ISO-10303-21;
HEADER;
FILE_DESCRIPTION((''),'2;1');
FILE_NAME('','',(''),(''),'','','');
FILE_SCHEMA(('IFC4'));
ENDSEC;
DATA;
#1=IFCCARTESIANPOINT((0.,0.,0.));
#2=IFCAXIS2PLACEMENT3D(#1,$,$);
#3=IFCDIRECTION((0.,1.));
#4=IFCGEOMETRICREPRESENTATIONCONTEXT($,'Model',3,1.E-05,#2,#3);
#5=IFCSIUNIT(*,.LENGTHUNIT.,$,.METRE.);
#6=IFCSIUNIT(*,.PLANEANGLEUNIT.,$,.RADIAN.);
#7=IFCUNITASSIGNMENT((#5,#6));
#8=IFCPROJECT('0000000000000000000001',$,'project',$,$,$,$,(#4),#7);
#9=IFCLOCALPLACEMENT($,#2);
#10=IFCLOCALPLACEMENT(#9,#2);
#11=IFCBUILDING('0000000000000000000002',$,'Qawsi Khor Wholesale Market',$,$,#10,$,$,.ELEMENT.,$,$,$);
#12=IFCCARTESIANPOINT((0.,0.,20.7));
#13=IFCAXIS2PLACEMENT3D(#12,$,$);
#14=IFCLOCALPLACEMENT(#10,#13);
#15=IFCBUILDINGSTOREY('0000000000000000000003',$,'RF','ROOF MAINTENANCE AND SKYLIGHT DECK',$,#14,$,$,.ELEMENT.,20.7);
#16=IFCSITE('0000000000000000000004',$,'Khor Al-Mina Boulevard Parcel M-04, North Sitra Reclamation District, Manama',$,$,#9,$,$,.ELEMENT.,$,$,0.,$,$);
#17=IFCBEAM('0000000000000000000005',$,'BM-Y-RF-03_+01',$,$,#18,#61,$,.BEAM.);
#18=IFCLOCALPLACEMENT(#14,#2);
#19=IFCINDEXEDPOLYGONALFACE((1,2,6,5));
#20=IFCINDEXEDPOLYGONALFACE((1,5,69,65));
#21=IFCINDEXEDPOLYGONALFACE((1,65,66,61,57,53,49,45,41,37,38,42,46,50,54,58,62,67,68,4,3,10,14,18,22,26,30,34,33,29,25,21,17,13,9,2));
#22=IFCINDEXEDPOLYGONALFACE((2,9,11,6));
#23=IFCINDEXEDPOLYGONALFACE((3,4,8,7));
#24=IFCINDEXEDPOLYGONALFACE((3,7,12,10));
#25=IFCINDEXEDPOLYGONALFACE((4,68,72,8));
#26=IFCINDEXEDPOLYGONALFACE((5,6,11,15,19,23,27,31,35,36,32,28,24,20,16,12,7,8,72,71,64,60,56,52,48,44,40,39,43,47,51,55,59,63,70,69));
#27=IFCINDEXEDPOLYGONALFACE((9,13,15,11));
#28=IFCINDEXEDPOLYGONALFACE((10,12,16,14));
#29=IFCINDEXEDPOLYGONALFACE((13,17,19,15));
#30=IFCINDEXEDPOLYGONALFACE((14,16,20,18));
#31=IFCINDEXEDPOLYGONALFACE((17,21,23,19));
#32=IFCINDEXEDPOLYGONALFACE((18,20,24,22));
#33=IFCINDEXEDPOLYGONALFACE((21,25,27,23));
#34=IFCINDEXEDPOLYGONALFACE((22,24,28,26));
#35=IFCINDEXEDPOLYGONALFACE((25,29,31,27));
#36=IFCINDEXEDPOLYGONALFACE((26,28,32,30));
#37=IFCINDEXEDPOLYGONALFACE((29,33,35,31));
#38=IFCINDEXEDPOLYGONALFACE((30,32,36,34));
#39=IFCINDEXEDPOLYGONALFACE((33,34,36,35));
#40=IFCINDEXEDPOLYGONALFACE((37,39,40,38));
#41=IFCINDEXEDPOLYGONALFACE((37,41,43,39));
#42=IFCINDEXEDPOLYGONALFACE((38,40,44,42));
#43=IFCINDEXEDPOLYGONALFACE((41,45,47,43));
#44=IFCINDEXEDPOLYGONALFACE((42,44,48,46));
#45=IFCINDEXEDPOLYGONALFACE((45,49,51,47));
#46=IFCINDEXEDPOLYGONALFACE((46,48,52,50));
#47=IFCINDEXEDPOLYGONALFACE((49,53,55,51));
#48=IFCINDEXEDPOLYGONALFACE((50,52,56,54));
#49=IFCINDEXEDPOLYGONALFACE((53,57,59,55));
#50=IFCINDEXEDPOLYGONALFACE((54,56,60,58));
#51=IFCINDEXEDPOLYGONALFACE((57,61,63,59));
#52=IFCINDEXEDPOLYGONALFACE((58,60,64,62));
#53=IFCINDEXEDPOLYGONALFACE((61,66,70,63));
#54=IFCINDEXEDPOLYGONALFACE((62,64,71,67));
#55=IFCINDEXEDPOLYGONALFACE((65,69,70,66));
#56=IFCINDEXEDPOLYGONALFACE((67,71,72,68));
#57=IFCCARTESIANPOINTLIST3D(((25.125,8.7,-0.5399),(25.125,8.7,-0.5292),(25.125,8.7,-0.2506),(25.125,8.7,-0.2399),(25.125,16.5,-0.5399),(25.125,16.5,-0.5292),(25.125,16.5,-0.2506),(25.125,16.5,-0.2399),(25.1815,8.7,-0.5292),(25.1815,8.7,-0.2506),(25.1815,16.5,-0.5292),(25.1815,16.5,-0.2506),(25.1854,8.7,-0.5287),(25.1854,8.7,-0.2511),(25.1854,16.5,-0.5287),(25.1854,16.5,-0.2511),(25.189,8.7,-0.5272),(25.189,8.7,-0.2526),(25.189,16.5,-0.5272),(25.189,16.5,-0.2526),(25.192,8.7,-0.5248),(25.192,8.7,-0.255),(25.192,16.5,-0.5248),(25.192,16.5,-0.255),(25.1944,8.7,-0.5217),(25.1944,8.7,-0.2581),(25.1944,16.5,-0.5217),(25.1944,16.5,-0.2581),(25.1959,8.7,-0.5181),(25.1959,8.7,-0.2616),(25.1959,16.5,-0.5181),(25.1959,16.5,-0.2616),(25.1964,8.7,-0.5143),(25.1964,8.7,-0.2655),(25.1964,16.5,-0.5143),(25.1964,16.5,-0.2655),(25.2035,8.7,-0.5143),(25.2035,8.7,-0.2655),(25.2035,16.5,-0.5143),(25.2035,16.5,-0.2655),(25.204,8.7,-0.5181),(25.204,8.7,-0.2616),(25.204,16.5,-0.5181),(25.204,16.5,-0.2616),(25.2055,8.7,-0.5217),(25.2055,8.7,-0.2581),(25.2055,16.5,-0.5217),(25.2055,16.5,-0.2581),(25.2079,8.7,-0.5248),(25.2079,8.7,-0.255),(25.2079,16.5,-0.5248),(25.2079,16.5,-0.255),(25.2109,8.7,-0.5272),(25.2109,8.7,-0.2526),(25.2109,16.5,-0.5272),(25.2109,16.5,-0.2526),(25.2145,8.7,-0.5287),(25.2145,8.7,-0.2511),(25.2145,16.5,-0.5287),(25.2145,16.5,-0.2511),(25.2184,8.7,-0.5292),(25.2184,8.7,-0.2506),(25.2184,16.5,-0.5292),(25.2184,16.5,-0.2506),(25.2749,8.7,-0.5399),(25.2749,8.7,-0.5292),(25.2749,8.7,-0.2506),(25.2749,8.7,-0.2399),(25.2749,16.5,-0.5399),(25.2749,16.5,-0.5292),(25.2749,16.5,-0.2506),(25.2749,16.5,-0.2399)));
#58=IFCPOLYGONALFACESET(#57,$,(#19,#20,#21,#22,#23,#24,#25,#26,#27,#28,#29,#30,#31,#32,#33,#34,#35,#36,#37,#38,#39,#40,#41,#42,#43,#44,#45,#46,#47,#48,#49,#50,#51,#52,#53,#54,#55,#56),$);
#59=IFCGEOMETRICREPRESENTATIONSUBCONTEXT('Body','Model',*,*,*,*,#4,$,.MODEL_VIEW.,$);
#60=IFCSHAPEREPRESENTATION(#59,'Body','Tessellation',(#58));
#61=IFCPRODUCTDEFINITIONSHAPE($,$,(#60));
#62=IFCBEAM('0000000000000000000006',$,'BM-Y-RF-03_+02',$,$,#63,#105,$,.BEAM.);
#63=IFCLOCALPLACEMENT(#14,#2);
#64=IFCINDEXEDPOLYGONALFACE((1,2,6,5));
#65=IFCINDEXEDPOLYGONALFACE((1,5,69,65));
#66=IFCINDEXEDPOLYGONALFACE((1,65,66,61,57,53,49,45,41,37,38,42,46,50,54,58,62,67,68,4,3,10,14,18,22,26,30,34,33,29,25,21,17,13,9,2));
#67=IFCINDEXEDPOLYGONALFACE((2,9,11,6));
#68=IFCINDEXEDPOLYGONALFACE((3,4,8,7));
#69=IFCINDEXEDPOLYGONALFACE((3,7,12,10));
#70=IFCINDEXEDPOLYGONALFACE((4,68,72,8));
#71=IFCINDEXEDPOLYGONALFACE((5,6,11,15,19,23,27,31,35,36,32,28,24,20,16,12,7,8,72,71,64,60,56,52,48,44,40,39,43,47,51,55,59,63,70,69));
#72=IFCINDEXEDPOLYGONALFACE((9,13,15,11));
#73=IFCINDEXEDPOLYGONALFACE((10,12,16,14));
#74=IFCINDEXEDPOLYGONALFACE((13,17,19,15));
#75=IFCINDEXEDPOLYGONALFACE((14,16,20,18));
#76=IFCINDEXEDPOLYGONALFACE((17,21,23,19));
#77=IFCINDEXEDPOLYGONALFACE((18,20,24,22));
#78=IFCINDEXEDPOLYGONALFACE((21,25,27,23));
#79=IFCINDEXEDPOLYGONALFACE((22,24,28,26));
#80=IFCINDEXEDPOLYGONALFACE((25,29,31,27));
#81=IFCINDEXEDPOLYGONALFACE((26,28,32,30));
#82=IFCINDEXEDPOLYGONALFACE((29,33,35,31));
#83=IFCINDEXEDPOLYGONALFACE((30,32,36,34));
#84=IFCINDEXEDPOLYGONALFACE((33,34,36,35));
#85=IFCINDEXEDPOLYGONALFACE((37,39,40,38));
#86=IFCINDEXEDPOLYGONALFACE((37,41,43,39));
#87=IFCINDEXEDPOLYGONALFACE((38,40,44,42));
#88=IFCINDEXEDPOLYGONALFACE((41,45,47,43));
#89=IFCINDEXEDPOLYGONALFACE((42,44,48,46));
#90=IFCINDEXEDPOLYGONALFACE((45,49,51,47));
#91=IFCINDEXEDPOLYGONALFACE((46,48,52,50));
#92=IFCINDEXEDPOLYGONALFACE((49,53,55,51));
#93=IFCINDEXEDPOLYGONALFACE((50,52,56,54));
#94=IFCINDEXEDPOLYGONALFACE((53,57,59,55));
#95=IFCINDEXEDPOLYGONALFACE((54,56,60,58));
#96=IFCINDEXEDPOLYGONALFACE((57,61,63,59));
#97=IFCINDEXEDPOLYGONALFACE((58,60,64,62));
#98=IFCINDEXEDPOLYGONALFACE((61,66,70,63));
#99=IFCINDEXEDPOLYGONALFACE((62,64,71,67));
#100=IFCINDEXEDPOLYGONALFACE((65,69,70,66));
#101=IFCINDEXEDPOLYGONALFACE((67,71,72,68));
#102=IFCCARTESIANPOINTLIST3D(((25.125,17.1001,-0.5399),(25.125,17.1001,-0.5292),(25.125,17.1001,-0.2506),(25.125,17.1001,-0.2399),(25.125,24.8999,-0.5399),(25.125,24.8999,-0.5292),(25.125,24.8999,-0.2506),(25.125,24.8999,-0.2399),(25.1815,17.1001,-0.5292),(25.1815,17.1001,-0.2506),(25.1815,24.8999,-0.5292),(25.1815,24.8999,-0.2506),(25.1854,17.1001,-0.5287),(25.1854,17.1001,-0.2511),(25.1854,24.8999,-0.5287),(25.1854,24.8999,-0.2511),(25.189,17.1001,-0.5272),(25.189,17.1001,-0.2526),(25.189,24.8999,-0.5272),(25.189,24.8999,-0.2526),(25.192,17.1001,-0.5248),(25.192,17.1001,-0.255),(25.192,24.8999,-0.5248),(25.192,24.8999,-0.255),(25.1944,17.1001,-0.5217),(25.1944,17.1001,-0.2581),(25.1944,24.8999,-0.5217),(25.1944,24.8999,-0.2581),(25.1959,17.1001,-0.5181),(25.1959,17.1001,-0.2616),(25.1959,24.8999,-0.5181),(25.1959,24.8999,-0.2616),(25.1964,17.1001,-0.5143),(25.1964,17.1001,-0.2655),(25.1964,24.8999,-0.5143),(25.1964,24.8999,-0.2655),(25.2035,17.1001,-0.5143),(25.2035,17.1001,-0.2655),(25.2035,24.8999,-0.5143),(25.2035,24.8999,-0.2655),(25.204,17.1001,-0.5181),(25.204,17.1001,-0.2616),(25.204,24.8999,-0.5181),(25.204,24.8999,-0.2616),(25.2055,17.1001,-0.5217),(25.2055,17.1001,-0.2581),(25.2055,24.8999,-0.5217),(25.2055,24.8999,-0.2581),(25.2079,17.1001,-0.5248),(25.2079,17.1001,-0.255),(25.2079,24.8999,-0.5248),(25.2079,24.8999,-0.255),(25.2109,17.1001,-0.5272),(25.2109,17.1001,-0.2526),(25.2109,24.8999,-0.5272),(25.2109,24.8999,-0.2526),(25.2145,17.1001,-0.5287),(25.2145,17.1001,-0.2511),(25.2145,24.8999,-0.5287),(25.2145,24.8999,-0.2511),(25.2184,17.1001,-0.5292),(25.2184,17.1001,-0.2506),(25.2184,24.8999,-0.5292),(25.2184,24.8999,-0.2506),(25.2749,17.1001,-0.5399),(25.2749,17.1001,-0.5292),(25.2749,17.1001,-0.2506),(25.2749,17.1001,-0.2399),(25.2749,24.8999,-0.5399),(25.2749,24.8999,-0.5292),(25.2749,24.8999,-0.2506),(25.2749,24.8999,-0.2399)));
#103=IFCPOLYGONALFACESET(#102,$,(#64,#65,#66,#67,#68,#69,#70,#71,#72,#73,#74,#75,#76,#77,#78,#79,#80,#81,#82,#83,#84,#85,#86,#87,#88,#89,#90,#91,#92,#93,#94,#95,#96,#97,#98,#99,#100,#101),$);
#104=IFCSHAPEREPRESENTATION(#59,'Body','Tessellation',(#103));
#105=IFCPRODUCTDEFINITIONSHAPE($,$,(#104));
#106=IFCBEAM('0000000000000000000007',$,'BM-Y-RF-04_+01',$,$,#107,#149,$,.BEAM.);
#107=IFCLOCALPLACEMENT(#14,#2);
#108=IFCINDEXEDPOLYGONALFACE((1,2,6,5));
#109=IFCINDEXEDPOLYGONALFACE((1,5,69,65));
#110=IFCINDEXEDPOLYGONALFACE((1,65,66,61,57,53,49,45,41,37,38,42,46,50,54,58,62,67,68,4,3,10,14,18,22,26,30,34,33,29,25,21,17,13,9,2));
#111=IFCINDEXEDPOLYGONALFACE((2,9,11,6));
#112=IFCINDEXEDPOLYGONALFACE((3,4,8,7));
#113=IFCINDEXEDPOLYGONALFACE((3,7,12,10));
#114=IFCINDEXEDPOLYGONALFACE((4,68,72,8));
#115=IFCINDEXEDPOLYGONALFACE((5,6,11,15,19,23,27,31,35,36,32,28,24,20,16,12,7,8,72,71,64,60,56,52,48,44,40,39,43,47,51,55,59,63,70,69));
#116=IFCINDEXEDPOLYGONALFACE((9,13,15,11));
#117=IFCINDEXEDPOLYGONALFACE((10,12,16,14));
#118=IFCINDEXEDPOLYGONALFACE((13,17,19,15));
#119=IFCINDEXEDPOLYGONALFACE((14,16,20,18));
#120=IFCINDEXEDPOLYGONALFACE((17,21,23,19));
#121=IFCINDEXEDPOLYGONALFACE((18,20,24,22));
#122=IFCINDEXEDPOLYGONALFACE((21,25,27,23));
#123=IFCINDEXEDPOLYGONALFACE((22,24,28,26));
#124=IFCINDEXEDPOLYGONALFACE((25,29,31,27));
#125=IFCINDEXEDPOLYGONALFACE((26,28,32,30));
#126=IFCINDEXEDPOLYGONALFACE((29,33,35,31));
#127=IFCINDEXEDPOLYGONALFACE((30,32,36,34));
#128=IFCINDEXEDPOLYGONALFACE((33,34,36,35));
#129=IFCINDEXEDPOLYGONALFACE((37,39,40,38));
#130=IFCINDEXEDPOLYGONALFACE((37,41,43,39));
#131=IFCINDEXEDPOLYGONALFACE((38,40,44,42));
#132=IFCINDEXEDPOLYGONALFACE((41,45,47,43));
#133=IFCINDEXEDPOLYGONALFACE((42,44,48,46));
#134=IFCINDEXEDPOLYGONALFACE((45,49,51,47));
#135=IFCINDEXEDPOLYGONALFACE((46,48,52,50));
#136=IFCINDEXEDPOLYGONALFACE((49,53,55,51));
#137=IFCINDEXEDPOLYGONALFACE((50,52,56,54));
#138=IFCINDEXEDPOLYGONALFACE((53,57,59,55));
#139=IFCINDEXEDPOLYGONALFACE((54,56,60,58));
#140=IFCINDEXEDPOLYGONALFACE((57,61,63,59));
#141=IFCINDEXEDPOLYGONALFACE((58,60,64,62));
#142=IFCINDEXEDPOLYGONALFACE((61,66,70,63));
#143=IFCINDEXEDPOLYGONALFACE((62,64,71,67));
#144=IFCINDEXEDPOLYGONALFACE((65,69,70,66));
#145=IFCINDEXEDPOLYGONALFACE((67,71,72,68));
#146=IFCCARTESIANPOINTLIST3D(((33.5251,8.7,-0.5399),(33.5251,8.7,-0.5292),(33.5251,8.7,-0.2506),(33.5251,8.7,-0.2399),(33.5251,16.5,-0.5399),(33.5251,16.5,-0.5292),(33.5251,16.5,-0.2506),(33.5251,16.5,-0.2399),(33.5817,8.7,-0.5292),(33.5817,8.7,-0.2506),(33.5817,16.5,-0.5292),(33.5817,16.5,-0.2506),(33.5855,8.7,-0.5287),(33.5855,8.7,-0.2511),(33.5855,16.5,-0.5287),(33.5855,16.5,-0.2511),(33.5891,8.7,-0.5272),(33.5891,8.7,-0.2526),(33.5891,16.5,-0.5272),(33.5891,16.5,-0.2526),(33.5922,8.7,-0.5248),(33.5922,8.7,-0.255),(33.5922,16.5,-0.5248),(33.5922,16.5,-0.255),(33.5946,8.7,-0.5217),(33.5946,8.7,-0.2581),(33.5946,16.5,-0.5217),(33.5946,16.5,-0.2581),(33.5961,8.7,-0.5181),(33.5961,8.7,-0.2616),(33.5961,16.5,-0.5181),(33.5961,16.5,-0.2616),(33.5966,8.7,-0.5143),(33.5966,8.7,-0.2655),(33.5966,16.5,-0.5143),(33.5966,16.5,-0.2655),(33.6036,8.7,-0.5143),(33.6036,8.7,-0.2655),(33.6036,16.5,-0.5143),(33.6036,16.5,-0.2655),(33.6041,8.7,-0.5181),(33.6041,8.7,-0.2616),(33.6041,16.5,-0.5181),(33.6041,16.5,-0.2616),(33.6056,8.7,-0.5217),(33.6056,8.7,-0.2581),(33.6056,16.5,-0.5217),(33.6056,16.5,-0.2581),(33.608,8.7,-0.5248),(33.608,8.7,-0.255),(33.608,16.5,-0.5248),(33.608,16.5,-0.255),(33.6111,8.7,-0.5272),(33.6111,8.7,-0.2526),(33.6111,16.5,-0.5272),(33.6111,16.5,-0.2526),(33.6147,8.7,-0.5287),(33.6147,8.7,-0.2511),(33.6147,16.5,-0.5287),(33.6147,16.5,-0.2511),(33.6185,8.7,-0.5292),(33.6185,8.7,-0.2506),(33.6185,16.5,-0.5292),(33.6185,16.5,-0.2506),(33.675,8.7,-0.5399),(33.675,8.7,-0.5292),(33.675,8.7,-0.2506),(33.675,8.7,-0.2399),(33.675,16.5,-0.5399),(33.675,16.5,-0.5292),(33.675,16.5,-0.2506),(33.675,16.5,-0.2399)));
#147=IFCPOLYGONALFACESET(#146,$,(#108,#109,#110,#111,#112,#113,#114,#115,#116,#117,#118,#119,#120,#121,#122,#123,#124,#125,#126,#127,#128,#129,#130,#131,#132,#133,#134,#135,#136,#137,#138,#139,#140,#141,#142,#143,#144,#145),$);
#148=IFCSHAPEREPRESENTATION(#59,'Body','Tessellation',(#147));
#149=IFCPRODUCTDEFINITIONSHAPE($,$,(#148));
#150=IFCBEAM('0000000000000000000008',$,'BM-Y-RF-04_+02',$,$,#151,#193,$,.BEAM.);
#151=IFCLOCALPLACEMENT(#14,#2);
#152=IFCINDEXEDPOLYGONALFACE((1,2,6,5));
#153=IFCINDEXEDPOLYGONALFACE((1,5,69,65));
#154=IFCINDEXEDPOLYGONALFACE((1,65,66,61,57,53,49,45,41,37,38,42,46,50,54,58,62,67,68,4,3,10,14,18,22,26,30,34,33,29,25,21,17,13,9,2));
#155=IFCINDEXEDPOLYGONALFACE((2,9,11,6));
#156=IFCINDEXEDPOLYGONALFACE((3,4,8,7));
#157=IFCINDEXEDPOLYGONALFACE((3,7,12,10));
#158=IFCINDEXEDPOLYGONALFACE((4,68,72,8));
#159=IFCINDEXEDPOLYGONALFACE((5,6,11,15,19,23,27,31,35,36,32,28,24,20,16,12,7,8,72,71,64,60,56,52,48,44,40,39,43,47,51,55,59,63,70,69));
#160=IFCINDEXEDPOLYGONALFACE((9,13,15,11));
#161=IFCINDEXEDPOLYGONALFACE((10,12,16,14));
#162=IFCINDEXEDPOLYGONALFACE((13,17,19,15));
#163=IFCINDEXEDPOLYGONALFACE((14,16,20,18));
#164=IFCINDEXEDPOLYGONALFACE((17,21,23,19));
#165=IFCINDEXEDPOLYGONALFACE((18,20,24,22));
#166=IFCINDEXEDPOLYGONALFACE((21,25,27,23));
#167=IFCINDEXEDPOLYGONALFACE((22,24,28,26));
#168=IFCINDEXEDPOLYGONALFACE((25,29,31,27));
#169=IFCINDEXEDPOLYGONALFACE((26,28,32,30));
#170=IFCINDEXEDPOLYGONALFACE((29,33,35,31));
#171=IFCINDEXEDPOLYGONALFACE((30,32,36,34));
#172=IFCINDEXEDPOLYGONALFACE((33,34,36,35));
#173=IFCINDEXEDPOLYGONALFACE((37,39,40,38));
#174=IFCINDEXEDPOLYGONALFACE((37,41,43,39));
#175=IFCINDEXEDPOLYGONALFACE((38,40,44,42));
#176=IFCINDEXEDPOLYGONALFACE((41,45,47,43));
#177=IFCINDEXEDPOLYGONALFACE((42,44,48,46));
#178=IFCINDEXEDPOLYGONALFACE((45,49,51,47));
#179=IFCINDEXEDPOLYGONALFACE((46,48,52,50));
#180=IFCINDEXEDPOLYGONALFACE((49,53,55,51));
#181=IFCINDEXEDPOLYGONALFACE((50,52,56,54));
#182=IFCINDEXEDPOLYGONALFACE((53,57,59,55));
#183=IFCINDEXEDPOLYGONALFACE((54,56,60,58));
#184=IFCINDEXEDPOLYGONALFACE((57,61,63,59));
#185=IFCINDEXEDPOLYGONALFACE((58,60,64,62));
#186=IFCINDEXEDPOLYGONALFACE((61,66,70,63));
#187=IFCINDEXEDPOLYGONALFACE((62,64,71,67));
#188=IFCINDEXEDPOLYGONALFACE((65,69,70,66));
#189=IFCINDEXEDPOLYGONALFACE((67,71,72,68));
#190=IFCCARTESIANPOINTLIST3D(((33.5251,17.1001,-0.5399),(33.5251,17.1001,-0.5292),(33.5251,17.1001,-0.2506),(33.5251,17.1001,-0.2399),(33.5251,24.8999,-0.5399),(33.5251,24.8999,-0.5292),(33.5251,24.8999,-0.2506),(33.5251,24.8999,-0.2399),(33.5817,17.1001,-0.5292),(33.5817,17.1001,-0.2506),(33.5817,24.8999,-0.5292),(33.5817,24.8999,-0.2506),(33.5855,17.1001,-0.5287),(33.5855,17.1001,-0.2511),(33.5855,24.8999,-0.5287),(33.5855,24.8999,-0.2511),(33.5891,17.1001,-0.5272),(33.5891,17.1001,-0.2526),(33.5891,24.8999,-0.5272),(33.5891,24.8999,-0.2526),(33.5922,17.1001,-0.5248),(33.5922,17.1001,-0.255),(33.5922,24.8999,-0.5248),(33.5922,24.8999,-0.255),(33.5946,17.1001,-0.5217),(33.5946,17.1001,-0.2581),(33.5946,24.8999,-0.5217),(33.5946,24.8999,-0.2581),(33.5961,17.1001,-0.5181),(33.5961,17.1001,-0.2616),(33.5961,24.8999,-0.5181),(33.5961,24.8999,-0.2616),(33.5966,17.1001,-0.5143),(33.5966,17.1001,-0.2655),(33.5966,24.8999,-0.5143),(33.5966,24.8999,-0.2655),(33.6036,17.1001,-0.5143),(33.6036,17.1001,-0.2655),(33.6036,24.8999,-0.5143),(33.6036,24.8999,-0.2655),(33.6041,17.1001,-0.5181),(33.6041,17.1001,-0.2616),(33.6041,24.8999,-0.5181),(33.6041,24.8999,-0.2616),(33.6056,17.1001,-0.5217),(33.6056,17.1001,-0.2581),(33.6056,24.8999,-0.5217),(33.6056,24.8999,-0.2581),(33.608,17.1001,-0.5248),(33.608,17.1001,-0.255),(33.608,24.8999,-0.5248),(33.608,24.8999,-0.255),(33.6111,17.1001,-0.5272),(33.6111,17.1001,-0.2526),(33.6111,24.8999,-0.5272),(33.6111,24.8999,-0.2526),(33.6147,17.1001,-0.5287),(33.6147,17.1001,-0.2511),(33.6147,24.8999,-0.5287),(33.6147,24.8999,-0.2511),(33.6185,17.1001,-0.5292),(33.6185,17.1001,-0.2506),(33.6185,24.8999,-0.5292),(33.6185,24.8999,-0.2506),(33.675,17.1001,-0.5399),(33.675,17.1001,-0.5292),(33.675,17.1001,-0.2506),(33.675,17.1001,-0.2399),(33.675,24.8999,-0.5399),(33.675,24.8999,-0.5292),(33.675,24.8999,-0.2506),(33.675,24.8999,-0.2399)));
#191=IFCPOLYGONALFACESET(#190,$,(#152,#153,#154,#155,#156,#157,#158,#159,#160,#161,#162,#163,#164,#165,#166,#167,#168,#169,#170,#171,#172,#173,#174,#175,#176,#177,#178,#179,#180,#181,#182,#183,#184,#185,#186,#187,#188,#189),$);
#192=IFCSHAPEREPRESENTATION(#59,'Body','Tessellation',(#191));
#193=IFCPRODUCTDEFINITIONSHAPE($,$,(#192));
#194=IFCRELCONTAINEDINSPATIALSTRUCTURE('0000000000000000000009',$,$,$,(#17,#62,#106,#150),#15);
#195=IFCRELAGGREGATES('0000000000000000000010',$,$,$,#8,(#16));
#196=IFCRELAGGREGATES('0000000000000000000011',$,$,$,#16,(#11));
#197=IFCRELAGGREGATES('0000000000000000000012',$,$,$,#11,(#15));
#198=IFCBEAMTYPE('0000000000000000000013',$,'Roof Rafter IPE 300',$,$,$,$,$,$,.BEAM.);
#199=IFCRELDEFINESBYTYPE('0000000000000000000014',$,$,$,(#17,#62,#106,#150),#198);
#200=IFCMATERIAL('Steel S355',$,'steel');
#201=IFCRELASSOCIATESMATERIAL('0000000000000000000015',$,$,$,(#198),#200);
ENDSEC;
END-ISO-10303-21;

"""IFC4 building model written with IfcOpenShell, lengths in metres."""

from ifc_helpers import new_model, si_unit, direction, frame, origin, origin_2d, place, context, subcontext, project, spatial, i_section, extrude, material, material_profile, profile_set, type_object, element, save


model = new_model("IFC4")

# Units and contexts
model_context = context("Model", 3, precision=1e-05, world=origin(), true_north=direction((0.0, 1.0)))
body_context = subcontext(model_context, "Body", "Model", "MODEL_VIEW")
ifc_project = project(units=[si_unit("LENGTHUNIT", "METRE"), si_unit("PLANEANGLEUNIT", "RADIAN")], contexts=[model_context])

# Site, building, storey
site_placement = place(None, origin())
site = spatial("IfcSite", under=ifc_project, at=site_placement, Name="Khor Al-Mina Boulevard Parcel M-04, North Sitra Reclamation District, Manama", CompositionType="ELEMENT", RefElevation=0.0)
building_placement = place(site_placement, origin())
building = spatial("IfcBuilding", under=site, at=building_placement, Name="Qawsi Khor Wholesale Market", CompositionType="ELEMENT")
storey_placement = place(building_placement, frame((0.0, 0.0, 20.7)))
storey = spatial("IfcBuildingStorey", under=building, at=storey_placement, Name="RF", Description="ROOF MAINTENANCE AND SKYLIGHT DECK", CompositionType="ELEMENT", Elevation=20.7)

# Beams
ifc_material_1 = material(Name="Steel S355", Category="steel")
ifc_material_profile_1 = material_profile(ifc_material_1, i_section(OverallWidth=0.1499, OverallDepth=0.3, WebThickness=0.0071, FlangeThickness=0.0107, FilletRadius=0.0149, at=origin_2d()), Name="IPE 300")
ifc_profile_set_1 = profile_set([ifc_material_profile_1], Name="Steel S355")
beam_type_1 = type_object("IfcBeamType", Name="Roof Rafter IPE 300", PredefinedType="BEAM", material=ifc_profile_set_1)
beam_1_placement = place(storey_placement, frame((25.2, 8.7, -0.3899), z_axis=(0.0, 1.0, 0.0), x_axis=(-1.0, 0.0, 0.0)))
element("IfcBeam", 1, at=beam_1_placement, inside=storey, type_object=beam_type_1, Name="BM-Y-RF-03_+01", PredefinedType="BEAM", context=body_context, shape_type="SweptSolid", body=[
    extrude(i_section(OverallWidth=0.1499, OverallDepth=0.3, WebThickness=0.0071, FlangeThickness=0.0107, FilletRadius=0.0149, at=origin_2d()), origin(), (0.0, 0.0, 1.0), 7.8),
])
beam_2_placement = place(storey_placement, frame((25.2, 17.1001, -0.3899), z_axis=(0.0, 1.0, 0.0), x_axis=(-1.0, 0.0, 0.0)))
element("IfcBeam", 2, at=beam_2_placement, inside=storey, type_object=beam_type_1, Name="BM-Y-RF-03_+02", PredefinedType="BEAM", context=body_context, shape_type="SweptSolid", body=[
    extrude(i_section(OverallWidth=0.1499, OverallDepth=0.3, WebThickness=0.0071, FlangeThickness=0.0107, FilletRadius=0.0149, at=origin_2d()), origin(), (0.0, 0.0, 1.0), 7.7998),
])
beam_3_placement = place(storey_placement, frame((33.6001, 8.7, -0.3899), z_axis=(0.0, 1.0, 0.0), x_axis=(-1.0, 0.0, 0.0)))
element("IfcBeam", 3, at=beam_3_placement, inside=storey, type_object=beam_type_1, Name="BM-Y-RF-04_+01", PredefinedType="BEAM", context=body_context, shape_type="SweptSolid", body=[
    extrude(i_section(OverallWidth=0.1499, OverallDepth=0.3, WebThickness=0.0071, FlangeThickness=0.0107, FilletRadius=0.0149, at=origin_2d()), origin(), (0.0, 0.0, 1.0), 7.8),
])
beam_4_placement = place(storey_placement, frame((33.6001, 17.1001, -0.3899), z_axis=(0.0, 1.0, 0.0), x_axis=(-1.0, 0.0, 0.0)))
element("IfcBeam", 4, at=beam_4_placement, inside=storey, type_object=beam_type_1, Name="BM-Y-RF-04_+02", PredefinedType="BEAM", context=body_context, shape_type="SweptSolid", body=[
    extrude(i_section(OverallWidth=0.1499, OverallDepth=0.3, WebThickness=0.0071, FlangeThickness=0.0107, FilletRadius=0.0149, at=origin_2d()), origin(), (0.0, 0.0, 1.0), 7.7998),
])

save(model, "model.ifc")
